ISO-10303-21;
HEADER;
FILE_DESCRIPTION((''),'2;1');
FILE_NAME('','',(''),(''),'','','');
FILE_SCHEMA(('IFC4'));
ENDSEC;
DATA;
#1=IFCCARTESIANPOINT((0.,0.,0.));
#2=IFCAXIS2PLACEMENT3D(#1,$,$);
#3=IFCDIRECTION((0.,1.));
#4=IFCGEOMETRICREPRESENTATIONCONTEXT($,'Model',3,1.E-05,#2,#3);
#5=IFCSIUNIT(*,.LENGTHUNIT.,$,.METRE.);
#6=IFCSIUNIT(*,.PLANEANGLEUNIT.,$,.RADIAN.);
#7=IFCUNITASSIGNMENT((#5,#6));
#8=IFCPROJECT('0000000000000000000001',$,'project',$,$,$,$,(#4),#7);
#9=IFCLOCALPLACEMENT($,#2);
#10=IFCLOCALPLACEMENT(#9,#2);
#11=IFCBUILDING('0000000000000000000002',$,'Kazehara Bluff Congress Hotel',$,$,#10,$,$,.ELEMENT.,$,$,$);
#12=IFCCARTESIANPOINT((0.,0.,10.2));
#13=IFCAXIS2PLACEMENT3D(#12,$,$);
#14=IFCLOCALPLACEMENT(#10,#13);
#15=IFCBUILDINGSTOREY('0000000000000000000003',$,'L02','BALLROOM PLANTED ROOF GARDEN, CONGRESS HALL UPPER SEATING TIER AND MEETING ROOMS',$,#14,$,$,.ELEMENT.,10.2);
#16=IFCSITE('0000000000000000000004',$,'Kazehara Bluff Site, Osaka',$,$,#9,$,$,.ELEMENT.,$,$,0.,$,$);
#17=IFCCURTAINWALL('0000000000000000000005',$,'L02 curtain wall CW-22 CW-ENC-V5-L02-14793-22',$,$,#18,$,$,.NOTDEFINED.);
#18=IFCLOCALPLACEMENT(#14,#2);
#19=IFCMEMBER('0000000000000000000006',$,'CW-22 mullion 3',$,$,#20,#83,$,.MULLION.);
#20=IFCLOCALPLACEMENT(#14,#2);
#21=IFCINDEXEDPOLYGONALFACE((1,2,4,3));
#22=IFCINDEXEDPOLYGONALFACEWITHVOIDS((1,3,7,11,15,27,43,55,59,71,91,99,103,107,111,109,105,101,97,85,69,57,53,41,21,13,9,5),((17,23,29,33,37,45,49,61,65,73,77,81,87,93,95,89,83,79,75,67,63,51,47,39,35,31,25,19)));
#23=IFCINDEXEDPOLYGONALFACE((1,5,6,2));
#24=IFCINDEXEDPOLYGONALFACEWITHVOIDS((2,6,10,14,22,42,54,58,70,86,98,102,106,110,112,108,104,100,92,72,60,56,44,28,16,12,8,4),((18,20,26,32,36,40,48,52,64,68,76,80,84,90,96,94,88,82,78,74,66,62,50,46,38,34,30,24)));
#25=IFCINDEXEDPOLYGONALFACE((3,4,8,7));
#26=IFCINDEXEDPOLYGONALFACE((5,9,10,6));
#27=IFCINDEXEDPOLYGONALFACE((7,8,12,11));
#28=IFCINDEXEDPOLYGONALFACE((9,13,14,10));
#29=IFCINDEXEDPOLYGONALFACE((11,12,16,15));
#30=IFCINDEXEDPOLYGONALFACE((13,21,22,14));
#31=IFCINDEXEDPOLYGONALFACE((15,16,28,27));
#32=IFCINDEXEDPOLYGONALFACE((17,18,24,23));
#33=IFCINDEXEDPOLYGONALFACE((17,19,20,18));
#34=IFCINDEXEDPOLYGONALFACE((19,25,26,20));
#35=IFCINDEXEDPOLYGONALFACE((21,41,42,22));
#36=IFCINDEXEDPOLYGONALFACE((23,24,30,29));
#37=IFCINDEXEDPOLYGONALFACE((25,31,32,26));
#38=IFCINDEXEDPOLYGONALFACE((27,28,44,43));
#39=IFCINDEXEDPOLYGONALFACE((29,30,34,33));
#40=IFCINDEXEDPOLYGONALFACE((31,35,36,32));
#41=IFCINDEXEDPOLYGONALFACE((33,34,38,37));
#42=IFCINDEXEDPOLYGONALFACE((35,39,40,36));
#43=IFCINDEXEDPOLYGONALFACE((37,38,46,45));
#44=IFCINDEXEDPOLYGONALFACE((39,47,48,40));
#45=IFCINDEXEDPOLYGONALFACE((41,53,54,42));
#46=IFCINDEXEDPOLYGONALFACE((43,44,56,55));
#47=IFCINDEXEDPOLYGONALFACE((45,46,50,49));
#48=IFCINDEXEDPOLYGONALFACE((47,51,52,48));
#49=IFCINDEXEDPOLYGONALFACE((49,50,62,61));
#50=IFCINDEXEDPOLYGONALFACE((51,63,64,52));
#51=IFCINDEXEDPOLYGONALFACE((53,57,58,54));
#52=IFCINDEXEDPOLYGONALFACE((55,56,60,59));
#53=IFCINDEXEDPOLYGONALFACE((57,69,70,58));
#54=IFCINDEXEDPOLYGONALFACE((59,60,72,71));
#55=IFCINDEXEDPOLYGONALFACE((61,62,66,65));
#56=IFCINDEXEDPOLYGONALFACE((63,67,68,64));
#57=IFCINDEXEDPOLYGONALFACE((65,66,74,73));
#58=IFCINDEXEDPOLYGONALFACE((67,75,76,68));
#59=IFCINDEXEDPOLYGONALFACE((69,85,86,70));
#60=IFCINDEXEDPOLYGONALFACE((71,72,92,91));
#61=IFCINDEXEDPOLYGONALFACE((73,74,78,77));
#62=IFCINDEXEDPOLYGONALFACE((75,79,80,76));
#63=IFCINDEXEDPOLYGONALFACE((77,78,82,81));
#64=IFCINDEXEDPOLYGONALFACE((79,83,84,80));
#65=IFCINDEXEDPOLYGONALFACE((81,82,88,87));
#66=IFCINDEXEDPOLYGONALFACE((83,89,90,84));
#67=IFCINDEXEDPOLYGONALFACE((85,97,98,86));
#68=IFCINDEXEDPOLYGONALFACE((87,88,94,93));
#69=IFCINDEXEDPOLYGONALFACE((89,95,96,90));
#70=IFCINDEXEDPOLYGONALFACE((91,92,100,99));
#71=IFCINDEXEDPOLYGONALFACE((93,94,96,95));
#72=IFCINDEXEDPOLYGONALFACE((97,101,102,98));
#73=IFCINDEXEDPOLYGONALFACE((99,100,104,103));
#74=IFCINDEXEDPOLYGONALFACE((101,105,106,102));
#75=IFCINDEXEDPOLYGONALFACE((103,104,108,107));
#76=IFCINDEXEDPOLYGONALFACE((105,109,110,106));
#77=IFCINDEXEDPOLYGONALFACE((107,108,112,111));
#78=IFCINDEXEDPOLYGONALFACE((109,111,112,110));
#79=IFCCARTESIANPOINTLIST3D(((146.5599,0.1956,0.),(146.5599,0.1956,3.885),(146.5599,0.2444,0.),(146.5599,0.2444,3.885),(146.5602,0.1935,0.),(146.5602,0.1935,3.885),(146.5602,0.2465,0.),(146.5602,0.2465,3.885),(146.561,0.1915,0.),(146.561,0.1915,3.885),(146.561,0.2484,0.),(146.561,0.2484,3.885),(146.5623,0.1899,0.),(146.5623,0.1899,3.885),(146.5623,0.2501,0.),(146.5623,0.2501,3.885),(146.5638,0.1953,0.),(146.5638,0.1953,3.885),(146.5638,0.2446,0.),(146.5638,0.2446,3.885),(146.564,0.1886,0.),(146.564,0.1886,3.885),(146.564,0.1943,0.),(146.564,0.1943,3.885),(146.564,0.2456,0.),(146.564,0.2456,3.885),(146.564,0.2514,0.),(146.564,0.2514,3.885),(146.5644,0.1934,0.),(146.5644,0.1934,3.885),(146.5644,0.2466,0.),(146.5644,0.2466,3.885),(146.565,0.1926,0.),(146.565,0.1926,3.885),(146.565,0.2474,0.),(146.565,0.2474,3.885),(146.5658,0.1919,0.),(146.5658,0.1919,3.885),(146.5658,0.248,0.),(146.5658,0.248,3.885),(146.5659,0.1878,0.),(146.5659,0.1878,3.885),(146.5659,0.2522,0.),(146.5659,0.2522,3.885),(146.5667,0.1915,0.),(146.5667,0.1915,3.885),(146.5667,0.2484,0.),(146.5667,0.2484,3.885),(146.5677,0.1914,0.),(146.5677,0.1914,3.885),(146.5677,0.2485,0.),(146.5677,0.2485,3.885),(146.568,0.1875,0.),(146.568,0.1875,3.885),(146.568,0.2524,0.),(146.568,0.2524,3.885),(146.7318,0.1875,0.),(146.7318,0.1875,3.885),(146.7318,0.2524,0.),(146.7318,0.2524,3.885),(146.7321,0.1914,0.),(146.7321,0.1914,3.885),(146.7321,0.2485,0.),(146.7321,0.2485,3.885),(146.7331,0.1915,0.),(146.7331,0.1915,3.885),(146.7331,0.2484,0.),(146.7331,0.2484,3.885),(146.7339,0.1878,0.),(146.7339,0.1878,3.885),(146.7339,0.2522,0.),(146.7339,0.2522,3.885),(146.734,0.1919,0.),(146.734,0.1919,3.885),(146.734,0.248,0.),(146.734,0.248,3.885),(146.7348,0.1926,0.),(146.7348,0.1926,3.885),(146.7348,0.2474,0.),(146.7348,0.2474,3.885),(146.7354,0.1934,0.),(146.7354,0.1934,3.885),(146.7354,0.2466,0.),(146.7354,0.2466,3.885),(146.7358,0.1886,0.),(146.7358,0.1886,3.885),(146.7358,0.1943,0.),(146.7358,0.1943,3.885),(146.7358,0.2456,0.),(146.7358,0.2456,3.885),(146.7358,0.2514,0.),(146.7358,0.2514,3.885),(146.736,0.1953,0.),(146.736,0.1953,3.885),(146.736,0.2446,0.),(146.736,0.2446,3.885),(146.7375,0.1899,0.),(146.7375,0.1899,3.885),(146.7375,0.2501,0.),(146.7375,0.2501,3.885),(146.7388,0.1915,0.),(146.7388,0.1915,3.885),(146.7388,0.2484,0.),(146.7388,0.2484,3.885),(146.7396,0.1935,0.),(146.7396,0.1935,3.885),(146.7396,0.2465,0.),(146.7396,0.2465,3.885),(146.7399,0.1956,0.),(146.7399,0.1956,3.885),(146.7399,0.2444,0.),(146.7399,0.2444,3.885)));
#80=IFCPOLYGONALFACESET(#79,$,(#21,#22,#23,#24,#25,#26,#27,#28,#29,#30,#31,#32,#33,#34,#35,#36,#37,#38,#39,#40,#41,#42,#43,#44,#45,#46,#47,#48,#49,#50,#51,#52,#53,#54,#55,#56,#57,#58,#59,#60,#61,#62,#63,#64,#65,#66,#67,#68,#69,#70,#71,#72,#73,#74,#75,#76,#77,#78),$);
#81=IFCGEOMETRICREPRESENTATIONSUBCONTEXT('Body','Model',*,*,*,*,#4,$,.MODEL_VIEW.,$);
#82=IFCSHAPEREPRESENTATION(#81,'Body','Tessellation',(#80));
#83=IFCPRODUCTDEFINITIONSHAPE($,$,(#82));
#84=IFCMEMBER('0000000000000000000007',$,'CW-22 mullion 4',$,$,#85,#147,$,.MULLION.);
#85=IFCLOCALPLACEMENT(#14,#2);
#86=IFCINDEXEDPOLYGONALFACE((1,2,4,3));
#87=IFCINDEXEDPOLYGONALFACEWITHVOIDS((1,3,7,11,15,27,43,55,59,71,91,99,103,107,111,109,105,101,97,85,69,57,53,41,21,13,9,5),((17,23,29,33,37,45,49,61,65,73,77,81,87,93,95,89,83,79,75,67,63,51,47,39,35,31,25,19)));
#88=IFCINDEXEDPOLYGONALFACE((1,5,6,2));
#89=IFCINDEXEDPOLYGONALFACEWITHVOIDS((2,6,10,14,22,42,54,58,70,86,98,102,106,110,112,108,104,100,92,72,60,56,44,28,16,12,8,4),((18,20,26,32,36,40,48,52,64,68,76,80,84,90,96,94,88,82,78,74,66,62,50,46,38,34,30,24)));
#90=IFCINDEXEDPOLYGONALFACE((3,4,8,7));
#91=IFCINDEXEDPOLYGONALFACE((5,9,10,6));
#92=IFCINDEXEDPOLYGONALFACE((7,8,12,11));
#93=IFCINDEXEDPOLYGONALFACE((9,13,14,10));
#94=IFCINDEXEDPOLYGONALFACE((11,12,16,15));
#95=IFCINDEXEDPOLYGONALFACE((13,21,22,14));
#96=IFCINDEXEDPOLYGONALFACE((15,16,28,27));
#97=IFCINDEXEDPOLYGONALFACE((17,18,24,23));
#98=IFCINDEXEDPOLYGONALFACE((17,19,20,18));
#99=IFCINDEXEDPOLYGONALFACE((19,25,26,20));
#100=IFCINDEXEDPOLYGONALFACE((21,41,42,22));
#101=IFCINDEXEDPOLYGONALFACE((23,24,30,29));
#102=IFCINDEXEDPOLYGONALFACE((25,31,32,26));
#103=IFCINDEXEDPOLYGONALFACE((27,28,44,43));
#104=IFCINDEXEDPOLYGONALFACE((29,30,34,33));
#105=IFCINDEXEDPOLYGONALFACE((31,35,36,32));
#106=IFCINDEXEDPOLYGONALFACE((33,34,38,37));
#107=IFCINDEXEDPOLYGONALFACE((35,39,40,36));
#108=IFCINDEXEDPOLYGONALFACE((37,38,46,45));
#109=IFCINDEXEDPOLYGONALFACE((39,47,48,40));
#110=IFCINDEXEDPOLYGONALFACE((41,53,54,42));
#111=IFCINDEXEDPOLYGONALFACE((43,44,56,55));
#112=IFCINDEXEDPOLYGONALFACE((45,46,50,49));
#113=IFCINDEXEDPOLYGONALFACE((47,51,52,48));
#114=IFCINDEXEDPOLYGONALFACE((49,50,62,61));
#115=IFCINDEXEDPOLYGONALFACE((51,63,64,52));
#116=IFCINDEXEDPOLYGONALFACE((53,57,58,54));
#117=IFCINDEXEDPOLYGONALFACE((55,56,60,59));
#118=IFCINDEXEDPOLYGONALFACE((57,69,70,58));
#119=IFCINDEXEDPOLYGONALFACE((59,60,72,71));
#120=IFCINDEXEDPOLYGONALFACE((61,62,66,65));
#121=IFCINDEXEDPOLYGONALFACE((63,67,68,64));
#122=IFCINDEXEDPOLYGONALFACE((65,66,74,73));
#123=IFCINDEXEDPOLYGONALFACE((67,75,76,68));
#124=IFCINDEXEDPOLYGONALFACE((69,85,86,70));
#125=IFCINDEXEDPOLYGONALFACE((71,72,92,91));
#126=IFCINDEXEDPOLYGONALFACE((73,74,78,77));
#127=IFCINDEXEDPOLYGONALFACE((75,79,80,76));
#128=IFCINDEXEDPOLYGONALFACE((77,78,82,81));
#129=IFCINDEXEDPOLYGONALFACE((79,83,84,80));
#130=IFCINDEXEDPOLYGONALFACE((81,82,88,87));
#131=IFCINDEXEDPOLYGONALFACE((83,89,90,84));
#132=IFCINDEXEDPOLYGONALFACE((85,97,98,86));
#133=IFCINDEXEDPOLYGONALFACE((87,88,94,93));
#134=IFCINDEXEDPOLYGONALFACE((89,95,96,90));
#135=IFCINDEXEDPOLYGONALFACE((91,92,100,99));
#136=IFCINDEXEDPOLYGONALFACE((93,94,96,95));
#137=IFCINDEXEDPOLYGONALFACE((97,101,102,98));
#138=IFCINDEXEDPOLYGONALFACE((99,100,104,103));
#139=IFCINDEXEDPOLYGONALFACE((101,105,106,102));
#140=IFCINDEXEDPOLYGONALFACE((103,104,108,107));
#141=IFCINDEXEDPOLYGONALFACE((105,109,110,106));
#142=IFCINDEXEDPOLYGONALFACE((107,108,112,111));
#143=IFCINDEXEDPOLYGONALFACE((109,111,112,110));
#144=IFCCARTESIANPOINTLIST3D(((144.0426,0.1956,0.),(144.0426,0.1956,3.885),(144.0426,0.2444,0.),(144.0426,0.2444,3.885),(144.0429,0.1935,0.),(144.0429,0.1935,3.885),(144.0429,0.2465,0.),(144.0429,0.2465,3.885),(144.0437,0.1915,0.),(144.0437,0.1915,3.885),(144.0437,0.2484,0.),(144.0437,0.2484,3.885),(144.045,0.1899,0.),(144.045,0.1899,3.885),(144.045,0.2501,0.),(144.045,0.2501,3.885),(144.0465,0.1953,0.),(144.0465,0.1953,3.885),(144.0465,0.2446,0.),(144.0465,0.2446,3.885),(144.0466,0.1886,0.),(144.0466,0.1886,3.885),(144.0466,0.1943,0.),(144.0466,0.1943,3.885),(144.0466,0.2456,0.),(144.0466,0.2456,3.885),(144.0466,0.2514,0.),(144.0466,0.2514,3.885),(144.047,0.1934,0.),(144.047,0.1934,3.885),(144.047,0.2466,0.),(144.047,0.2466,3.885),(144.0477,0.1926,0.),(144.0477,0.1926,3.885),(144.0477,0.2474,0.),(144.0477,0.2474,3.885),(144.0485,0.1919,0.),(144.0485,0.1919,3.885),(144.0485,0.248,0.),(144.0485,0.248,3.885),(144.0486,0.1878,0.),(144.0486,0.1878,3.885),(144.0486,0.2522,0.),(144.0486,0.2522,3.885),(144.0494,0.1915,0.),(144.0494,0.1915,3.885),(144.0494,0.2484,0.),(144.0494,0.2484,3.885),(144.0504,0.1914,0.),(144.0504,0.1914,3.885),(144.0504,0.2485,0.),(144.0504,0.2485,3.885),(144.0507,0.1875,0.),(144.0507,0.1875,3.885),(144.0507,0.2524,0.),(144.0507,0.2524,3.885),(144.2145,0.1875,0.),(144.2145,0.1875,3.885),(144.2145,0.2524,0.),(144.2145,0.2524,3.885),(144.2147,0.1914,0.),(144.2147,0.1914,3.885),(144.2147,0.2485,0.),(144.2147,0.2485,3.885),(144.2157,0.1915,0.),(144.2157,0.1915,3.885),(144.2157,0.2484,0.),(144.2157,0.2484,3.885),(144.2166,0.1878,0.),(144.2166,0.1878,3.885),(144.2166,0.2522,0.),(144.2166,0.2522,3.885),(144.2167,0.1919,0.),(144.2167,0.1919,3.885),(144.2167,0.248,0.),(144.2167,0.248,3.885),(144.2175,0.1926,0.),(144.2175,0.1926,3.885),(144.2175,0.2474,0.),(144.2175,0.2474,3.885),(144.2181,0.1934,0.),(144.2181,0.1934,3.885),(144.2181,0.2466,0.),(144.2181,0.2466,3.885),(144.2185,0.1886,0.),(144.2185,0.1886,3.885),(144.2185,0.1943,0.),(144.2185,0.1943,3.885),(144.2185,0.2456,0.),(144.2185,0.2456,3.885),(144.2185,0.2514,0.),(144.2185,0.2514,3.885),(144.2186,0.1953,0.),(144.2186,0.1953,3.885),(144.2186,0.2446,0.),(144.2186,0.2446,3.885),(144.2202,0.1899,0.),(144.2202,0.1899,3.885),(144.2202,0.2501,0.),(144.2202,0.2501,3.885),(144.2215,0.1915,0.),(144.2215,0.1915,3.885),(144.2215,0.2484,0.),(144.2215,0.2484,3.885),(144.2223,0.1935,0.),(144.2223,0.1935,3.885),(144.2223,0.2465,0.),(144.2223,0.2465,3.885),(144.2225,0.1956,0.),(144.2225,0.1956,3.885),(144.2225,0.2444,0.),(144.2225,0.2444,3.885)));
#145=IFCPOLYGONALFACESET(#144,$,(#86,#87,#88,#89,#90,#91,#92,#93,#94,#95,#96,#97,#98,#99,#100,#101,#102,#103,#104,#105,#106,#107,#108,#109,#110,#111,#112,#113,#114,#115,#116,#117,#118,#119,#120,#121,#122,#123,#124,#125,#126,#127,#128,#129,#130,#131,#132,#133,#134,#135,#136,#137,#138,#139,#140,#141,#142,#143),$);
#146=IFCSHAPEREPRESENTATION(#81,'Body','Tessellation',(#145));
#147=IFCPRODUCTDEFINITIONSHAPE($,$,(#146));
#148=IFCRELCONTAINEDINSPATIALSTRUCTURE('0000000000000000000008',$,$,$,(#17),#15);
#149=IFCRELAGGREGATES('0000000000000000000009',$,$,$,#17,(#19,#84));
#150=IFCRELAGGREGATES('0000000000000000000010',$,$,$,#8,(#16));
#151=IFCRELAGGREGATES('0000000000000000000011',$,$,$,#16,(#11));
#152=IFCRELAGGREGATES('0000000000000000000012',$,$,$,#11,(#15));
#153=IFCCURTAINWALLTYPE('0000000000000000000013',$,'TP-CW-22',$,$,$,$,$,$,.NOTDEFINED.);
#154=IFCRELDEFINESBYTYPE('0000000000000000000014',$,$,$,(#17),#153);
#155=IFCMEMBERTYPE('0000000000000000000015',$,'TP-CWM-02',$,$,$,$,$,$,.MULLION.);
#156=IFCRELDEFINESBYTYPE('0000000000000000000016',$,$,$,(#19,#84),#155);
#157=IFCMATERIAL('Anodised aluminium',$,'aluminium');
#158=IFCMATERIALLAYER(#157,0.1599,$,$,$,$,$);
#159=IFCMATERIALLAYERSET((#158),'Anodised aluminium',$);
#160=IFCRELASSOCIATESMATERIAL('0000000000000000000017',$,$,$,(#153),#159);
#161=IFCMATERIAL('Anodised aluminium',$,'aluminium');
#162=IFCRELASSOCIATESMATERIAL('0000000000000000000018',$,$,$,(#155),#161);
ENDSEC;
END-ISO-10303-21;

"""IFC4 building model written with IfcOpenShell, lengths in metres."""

from ifc_helpers import new_model, si_unit, direction, frame, origin, origin_2d, place, context, subcontext, project, spatial, hollow_rectangle, extrude, material, layer, layer_set, material_profile, profile_set, type_object, element, aggregate, save


model = new_model("IFC4")

# Units and contexts
model_context = context("Model", 3, precision=1e-05, world=origin(), true_north=direction((0.0, 1.0)))
body_context = subcontext(model_context, "Body", "Model", "MODEL_VIEW")
ifc_project = project(units=[si_unit("LENGTHUNIT", "METRE"), si_unit("PLANEANGLEUNIT", "RADIAN")], contexts=[model_context])

# Site, building, storey
site_placement = place(None, origin())
site = spatial("IfcSite", under=ifc_project, at=site_placement, Name="Kazehara Bluff Site, Osaka", CompositionType="ELEMENT", RefElevation=0.0)
building_placement = place(site_placement, origin())
building = spatial("IfcBuilding", under=site, at=building_placement, Name="Kazehara Bluff Congress Hotel", CompositionType="ELEMENT")
storey_placement = place(building_placement, frame((0.0, 0.0, 10.2)))
storey = spatial("IfcBuildingStorey", under=building, at=storey_placement, Name="L02", Description="BALLROOM PLANTED ROOF GARDEN, CONGRESS HALL UPPER SEATING TIER AND MEETING ROOMS", CompositionType="ELEMENT", Elevation=10.2)

# Curtain wall, members
ifc_material_1 = material(Name="Anodised aluminium", Category="aluminium")
ifc_layer_1 = layer(ifc_material_1, 0.1599)
ifc_layer_set_1 = layer_set([ifc_layer_1], Name="Anodised aluminium")
curtain_wall_type_1 = type_object("IfcCurtainWallType", Name="TP-CW-22", PredefinedType="NOTDEFINED", material=ifc_layer_set_1)
curtain_wall_1_placement = place(storey_placement, origin())
curtain_wall_1 = element("IfcCurtainWall", 1, at=curtain_wall_1_placement, inside=storey, type_object=curtain_wall_type_1, Name="L02 curtain wall CW-22 CW-ENC-V5-L02-14793-22", PredefinedType="NOTDEFINED")
ifc_material_2 = material(Name="Anodised aluminium", Category="aluminium")
ifc_material_profile_1 = material_profile(ifc_material_2, hollow_rectangle(XDim=0.0649, YDim=0.1799, WallThickness=0.0039, InnerFilletRadius=0.0039, OuterFilletRadius=0.0081, at=origin_2d()))
ifc_profile_set_1 = profile_set([ifc_material_profile_1], Name="Anodised aluminium")
member_type_1 = type_object("IfcMemberType", Name="TP-CWM-02", PredefinedType="MULLION", material=ifc_profile_set_1)
member_1_placement = place(storey_placement, frame((146.6499, 0.22, 0.0), z_axis=(0.0, 0.0, 1.0), x_axis=(0.0, -1.0, 0.0)))
member_1 = element("IfcMember", 2, at=member_1_placement, type_object=member_type_1, Name="CW-22 mullion 3", PredefinedType="MULLION", context=body_context, shape_type="SweptSolid", body=[
    extrude(hollow_rectangle(XDim=0.0649, YDim=0.1799, WallThickness=0.0039, InnerFilletRadius=0.0039, OuterFilletRadius=0.0081, at=origin_2d()), origin(), (0.0, 0.0, 1.0), 3.885),
])
member_2_placement = place(storey_placement, frame((144.1326, 0.22, 0.0), z_axis=(0.0, 0.0, 1.0), x_axis=(0.0, -1.0, 0.0)))
member_2 = element("IfcMember", 3, at=member_2_placement, type_object=member_type_1, Name="CW-22 mullion 4", PredefinedType="MULLION", context=body_context, shape_type="SweptSolid", body=[
    extrude(hollow_rectangle(XDim=0.0649, YDim=0.1799, WallThickness=0.0039, InnerFilletRadius=0.0039, OuterFilletRadius=0.0081, at=origin_2d()), origin(), (0.0, 0.0, 1.0), 3.885),
])

aggregate(curtain_wall_1, [member_1, member_2])

save(model, "model.ifc")
